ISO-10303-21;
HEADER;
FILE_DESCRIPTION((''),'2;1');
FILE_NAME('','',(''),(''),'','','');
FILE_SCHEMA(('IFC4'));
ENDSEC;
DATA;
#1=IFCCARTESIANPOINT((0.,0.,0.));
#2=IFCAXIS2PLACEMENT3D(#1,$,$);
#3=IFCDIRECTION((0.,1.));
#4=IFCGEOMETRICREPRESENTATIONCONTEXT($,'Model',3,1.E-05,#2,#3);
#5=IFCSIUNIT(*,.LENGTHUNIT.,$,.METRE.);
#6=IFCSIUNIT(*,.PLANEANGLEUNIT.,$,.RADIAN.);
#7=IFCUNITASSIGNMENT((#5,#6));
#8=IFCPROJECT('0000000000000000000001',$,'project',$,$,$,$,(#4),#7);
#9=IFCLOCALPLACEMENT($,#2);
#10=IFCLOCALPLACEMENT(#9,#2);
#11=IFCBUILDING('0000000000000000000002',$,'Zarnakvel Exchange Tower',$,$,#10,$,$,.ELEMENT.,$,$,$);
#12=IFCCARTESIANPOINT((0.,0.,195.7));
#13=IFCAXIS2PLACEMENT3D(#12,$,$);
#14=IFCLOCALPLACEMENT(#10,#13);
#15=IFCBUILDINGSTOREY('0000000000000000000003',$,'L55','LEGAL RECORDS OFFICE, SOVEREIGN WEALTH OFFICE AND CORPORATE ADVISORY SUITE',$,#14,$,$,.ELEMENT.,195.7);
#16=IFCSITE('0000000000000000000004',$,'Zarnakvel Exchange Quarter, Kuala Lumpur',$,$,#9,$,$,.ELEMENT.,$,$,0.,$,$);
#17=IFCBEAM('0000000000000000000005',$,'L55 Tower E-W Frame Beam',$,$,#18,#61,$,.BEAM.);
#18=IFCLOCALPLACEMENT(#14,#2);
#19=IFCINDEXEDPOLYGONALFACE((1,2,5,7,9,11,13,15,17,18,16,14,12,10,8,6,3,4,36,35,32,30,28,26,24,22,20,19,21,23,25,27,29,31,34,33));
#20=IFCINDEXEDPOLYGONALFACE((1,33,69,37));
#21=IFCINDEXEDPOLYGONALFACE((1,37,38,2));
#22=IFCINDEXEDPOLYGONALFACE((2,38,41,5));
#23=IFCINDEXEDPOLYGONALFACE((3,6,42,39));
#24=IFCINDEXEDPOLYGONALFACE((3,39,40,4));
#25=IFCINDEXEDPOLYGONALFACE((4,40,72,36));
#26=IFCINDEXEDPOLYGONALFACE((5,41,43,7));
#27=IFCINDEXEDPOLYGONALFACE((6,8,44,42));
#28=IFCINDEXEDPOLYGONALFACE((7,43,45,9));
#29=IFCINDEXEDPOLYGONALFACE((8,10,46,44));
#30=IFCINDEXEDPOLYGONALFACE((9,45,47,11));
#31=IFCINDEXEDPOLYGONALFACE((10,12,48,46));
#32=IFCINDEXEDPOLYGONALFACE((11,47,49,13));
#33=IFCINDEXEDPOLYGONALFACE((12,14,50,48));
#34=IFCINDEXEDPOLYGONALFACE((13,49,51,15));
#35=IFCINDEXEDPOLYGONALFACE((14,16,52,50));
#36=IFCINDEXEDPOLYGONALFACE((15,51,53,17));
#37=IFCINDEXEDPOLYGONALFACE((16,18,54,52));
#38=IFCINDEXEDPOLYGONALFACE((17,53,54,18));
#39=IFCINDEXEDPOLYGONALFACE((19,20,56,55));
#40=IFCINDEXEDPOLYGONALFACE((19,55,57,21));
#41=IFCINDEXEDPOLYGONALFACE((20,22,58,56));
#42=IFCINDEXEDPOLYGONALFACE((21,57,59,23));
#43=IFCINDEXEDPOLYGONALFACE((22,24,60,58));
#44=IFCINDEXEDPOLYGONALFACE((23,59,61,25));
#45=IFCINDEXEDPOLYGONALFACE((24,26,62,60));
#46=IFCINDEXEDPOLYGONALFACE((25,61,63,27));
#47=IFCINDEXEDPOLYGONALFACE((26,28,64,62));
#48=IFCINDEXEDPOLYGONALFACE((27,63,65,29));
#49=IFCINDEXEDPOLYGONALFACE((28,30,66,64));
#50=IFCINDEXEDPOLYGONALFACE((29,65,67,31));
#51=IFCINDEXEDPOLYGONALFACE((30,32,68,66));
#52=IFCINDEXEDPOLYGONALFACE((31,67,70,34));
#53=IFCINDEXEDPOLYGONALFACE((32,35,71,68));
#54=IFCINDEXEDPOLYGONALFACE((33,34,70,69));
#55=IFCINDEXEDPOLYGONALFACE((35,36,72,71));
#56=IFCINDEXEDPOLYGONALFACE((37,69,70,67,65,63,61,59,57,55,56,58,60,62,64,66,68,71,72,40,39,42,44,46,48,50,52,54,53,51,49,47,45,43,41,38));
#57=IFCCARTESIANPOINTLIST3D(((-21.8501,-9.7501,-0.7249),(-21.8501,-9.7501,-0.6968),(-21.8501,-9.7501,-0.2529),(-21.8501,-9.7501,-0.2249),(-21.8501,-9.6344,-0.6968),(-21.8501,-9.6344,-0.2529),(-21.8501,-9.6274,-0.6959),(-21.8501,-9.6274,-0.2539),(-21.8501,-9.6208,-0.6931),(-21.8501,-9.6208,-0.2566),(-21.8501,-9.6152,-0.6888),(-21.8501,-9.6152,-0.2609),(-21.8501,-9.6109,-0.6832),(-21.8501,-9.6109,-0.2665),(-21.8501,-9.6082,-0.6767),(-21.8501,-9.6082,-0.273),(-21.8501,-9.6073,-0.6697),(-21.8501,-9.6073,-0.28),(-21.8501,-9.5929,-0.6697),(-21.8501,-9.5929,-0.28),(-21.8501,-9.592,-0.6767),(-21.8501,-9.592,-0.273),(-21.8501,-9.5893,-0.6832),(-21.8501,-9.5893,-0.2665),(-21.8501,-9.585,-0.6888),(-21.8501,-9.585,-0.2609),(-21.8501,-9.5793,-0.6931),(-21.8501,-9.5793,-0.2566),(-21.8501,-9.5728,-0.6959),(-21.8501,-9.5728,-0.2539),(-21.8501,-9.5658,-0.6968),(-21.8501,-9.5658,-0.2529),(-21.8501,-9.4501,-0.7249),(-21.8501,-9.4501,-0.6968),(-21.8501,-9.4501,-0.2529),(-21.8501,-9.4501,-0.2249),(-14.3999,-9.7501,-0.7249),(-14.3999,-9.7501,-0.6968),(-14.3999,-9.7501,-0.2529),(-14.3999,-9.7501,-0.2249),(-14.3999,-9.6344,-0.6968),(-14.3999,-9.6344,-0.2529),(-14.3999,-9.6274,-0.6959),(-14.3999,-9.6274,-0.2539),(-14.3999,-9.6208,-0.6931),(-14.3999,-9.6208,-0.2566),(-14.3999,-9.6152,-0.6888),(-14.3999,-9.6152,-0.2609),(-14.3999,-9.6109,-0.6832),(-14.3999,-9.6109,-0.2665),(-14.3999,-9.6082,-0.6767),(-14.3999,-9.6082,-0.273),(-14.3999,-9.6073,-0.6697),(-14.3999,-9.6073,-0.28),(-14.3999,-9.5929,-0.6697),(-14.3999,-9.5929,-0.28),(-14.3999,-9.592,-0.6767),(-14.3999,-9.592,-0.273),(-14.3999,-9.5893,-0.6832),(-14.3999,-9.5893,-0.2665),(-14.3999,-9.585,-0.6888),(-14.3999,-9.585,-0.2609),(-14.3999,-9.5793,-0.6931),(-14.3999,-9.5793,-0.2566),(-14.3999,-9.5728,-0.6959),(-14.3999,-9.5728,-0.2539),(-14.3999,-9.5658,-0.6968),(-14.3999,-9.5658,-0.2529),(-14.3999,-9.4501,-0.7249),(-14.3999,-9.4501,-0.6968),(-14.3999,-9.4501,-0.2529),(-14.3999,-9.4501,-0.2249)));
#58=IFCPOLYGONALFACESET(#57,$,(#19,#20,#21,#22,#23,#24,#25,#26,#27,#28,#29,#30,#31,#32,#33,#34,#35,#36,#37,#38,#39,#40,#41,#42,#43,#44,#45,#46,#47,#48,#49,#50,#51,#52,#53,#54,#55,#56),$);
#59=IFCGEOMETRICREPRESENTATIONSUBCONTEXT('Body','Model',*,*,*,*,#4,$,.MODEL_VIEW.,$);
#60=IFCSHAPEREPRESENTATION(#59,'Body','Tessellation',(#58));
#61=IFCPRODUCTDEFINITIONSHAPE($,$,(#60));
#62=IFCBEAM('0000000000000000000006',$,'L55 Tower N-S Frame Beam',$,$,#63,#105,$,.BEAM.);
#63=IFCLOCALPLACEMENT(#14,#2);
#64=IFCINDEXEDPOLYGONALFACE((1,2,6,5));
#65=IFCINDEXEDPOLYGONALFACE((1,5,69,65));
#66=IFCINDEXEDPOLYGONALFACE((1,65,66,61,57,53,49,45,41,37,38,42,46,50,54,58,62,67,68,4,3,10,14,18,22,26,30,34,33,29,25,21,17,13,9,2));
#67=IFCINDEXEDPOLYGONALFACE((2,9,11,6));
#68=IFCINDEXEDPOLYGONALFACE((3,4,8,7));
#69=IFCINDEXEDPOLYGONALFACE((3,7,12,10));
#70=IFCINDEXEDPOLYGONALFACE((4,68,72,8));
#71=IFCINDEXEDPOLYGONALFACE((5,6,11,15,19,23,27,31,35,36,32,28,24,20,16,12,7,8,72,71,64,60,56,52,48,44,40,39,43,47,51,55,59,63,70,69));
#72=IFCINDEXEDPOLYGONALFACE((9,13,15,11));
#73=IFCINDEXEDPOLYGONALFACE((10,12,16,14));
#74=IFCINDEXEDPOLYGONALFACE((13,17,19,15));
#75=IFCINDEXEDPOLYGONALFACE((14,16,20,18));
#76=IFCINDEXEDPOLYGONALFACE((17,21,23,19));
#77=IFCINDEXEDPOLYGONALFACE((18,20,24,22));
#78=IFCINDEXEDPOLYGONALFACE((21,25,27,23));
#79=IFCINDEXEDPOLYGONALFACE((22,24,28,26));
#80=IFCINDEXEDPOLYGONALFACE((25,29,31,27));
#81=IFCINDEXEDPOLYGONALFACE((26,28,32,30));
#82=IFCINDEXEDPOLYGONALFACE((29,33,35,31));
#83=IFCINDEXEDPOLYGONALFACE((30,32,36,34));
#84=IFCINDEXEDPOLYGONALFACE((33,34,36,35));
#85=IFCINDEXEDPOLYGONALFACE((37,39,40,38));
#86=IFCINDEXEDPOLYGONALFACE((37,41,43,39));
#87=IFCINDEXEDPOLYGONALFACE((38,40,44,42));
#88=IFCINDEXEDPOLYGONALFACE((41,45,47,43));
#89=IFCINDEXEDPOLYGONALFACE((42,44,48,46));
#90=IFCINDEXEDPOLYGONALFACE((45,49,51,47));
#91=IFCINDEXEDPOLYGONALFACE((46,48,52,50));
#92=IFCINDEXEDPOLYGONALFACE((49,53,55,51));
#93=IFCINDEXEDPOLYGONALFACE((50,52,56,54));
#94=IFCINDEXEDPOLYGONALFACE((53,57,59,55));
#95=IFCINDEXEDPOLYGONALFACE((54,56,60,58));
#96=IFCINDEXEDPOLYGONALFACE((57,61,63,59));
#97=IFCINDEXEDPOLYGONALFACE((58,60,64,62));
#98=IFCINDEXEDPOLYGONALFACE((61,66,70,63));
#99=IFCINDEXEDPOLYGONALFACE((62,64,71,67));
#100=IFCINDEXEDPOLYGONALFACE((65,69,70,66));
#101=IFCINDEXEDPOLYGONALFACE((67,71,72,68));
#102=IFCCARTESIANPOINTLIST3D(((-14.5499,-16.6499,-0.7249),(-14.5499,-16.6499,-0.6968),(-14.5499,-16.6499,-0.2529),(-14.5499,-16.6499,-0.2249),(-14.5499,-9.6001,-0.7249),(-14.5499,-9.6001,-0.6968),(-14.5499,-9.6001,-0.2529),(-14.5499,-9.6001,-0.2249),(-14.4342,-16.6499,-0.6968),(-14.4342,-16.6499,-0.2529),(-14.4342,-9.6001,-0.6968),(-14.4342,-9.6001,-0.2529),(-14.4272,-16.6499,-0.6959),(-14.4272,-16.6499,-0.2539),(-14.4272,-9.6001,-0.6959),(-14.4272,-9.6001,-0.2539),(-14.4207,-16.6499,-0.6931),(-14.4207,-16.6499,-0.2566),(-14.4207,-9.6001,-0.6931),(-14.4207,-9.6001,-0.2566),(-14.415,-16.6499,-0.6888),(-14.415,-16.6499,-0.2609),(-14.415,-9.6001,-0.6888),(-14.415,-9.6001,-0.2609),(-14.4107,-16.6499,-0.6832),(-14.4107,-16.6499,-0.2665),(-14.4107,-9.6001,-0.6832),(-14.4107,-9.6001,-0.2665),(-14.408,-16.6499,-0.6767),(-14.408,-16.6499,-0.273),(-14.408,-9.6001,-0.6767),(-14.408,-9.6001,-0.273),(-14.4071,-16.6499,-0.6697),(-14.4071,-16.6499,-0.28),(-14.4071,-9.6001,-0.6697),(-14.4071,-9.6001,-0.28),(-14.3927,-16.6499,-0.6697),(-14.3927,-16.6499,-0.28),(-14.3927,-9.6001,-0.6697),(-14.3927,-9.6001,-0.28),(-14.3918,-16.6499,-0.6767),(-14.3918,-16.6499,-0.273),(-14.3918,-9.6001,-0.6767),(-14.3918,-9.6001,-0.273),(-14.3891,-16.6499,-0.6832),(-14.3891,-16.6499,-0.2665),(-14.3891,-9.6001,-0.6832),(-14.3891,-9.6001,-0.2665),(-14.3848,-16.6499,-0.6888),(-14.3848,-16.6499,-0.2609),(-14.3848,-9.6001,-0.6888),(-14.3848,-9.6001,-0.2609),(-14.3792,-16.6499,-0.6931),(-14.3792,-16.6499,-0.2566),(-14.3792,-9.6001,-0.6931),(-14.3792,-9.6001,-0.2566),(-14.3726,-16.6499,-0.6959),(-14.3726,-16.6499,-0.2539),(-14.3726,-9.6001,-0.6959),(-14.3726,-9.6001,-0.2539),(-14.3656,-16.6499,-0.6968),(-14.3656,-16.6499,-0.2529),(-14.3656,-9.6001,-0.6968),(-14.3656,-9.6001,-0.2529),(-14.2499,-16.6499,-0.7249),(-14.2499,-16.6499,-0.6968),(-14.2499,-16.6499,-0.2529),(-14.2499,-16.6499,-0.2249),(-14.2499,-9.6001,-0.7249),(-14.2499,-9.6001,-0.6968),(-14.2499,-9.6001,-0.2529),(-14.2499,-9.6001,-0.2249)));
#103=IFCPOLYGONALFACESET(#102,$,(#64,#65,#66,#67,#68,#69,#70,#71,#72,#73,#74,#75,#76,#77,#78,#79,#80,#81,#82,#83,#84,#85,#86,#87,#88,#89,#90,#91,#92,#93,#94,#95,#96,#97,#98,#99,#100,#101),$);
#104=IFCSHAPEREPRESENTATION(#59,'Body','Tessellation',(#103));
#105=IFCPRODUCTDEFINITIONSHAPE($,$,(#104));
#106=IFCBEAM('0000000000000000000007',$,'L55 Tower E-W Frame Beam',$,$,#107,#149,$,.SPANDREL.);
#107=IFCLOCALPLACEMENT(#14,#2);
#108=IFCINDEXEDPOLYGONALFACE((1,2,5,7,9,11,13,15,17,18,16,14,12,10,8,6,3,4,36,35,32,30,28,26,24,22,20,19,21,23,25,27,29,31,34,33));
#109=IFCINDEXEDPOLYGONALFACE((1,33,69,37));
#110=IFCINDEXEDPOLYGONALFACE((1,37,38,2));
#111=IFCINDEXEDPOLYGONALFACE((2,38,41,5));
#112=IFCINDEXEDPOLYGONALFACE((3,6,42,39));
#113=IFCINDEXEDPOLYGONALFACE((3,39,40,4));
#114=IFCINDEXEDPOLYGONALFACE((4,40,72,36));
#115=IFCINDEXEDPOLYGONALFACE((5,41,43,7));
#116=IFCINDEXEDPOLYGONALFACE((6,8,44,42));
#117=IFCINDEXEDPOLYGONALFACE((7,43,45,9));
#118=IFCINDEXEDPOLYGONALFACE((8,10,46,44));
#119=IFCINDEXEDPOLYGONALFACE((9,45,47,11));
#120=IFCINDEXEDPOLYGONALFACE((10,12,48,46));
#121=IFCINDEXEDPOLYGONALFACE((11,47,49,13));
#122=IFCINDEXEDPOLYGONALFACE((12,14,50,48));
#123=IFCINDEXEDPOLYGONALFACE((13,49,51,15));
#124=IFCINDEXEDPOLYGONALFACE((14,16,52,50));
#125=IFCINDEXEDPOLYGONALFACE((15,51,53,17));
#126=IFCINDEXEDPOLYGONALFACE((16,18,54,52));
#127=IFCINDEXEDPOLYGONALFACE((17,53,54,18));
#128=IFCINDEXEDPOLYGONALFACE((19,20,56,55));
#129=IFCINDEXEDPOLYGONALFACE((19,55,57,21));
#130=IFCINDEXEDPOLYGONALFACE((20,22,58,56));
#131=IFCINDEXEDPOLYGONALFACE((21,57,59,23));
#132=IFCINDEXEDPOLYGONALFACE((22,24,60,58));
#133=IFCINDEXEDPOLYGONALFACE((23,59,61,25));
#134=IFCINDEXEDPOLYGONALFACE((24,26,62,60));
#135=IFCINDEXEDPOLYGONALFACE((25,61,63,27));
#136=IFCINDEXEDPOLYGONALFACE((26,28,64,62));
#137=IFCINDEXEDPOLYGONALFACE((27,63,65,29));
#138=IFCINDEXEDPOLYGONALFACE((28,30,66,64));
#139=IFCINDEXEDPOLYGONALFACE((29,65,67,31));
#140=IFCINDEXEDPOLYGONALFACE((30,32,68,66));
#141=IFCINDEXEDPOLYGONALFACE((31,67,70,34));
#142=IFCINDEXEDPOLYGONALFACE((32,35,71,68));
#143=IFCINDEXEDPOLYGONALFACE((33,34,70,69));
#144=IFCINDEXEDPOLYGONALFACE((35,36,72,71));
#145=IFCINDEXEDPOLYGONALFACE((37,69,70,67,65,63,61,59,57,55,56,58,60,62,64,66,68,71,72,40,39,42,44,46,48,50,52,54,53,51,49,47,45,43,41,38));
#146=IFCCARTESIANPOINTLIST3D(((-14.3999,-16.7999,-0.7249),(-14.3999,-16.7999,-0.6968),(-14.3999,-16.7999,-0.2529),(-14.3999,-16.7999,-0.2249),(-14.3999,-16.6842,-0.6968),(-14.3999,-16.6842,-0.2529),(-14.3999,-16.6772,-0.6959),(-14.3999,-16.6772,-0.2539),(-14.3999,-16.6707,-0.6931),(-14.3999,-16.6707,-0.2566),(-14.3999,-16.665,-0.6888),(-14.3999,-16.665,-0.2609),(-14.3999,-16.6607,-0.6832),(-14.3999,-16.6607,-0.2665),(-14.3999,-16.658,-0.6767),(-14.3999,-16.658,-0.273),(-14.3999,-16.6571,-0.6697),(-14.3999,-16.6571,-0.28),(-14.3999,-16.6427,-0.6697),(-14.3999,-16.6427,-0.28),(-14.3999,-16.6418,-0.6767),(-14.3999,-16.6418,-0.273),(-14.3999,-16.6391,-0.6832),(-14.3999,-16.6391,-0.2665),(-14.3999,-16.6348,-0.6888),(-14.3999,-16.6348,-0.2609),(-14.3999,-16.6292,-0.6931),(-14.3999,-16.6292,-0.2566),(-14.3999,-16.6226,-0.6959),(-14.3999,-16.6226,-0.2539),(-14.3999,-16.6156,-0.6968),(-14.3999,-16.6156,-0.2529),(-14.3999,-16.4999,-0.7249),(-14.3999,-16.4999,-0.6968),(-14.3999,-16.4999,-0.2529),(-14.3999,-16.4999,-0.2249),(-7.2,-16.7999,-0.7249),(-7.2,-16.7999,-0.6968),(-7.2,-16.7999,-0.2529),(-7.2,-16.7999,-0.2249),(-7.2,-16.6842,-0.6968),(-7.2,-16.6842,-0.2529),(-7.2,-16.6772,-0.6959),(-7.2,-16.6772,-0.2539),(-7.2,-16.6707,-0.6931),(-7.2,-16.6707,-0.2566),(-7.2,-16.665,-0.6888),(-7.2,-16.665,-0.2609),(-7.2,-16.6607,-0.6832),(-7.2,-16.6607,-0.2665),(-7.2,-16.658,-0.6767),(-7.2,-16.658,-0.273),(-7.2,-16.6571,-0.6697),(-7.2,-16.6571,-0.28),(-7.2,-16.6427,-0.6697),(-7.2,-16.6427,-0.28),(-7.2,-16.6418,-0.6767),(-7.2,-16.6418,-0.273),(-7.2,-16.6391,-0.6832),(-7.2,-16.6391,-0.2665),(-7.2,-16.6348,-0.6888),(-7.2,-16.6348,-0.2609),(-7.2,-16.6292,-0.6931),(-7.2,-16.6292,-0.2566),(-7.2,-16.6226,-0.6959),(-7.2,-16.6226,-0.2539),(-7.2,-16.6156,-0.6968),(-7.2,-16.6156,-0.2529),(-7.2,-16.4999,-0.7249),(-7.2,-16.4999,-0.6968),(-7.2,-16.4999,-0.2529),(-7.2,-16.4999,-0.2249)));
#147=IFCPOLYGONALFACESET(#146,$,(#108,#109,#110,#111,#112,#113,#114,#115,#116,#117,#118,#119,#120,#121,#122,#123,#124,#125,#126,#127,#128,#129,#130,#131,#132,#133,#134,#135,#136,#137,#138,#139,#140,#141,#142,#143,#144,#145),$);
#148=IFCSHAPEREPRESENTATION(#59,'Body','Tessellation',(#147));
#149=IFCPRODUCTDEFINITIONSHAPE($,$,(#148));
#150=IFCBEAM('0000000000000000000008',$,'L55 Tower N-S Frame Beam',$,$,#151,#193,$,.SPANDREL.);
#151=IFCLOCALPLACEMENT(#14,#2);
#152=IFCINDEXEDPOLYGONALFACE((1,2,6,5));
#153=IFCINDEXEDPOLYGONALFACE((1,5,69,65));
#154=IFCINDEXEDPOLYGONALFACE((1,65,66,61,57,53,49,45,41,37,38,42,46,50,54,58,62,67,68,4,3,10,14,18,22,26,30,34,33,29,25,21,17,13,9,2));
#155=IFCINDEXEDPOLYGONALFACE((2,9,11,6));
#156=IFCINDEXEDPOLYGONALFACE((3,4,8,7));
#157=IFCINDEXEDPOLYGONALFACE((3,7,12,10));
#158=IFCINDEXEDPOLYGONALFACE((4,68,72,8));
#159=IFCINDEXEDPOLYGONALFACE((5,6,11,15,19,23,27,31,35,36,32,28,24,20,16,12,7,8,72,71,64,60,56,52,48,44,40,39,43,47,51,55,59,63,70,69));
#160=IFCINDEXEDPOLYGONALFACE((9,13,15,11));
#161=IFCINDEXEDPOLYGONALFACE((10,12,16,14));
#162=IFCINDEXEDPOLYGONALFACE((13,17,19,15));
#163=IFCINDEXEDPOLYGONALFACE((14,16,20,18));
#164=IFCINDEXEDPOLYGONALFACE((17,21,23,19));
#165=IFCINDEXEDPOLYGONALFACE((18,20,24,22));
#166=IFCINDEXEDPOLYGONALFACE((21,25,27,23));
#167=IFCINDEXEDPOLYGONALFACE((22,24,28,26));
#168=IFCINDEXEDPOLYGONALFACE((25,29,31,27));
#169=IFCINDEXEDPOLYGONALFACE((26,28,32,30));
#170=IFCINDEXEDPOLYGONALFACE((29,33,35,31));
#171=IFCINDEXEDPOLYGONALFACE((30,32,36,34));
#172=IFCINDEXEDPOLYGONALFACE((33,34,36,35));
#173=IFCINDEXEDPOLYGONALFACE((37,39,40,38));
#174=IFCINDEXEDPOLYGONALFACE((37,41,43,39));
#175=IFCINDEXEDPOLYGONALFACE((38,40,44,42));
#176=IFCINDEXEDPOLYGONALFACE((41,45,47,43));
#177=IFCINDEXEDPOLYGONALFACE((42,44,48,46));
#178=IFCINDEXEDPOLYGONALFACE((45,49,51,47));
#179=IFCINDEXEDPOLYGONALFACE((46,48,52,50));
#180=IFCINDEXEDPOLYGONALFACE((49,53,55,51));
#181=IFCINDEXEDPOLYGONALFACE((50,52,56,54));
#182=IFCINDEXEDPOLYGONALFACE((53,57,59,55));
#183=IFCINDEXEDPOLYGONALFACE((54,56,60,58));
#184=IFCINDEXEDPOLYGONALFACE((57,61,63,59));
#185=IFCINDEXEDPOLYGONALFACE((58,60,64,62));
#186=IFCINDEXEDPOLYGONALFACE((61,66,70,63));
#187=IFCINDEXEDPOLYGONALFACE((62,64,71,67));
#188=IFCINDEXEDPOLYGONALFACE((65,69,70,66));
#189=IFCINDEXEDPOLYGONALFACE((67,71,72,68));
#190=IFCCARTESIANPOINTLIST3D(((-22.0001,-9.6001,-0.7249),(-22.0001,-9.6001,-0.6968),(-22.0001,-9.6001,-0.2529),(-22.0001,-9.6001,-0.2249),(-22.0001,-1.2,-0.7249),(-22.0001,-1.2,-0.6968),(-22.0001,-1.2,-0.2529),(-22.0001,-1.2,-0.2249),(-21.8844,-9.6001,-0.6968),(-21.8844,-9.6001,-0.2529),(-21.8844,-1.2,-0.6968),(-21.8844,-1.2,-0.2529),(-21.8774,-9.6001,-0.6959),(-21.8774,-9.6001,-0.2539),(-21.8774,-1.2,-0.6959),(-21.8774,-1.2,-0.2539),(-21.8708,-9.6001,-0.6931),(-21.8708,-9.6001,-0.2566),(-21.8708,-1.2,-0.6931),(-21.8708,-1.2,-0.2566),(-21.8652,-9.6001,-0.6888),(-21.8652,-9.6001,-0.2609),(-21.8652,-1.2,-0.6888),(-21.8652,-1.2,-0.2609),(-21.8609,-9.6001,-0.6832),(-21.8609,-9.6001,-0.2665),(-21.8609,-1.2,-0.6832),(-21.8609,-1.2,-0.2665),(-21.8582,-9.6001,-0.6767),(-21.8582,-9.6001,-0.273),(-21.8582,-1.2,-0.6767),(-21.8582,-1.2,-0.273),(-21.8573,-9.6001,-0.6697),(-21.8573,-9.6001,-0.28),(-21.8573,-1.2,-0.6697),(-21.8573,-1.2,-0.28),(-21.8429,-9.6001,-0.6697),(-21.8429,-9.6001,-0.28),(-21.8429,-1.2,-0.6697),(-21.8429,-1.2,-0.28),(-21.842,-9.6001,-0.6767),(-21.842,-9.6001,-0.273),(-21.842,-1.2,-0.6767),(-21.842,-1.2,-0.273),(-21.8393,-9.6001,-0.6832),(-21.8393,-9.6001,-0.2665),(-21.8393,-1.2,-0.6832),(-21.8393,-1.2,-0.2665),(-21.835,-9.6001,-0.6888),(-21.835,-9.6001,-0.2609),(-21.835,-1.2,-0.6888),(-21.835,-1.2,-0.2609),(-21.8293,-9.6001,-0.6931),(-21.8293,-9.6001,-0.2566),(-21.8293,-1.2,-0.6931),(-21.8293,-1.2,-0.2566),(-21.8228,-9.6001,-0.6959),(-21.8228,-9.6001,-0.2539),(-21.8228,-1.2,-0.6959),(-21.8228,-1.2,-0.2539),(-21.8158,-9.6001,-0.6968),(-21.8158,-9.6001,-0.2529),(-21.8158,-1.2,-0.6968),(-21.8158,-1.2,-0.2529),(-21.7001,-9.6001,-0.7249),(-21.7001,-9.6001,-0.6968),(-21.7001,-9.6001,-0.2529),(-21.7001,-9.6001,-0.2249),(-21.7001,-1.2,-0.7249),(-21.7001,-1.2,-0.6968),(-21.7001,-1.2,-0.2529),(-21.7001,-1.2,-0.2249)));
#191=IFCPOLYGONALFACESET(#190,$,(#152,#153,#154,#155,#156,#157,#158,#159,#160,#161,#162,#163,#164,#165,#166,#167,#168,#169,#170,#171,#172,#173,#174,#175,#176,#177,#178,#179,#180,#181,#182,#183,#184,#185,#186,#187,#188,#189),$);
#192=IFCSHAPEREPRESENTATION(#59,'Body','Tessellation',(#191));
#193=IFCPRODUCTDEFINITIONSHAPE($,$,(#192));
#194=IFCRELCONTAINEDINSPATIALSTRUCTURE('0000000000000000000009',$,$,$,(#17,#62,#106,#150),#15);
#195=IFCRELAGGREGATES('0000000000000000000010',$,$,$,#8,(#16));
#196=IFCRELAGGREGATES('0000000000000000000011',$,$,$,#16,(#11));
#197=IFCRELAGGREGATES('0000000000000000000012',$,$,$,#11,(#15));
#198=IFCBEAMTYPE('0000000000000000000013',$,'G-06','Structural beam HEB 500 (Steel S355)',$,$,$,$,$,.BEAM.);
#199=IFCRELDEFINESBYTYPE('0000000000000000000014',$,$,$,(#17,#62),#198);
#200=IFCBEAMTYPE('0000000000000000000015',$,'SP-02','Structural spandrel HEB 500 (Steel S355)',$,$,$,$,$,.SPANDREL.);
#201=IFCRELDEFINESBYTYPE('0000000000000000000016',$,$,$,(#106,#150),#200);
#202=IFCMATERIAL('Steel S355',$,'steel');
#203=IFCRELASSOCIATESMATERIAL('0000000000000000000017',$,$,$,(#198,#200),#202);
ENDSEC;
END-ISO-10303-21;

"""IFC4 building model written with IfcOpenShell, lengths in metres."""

from ifc_helpers import new_model, si_unit, direction, frame, origin, origin_2d, place, context, subcontext, project, spatial, i_section, extrude, material, material_profile, profile_set, type_object, element, save


model = new_model("IFC4")

# Units and contexts
model_context = context("Model", 3, precision=1e-05, world=origin(), true_north=direction((0.0, 1.0)))
body_context = subcontext(model_context, "Body", "Model", "MODEL_VIEW")
ifc_project = project(units=[si_unit("LENGTHUNIT", "METRE"), si_unit("PLANEANGLEUNIT", "RADIAN")], contexts=[model_context])

# Site, building, storey
site_placement = place(None, origin())
site = spatial("IfcSite", under=ifc_project, at=site_placement, Name="Zarnakvel Exchange Quarter, Kuala Lumpur", CompositionType="ELEMENT", RefElevation=0.0)
building_placement = place(site_placement, origin())
building = spatial("IfcBuilding", under=site, at=building_placement, Name="Zarnakvel Exchange Tower", CompositionType="ELEMENT")
storey_placement = place(building_placement, frame((0.0, 0.0, 195.7)))
storey = spatial("IfcBuildingStorey", under=building, at=storey_placement, Name="L55", Description="LEGAL RECORDS OFFICE, SOVEREIGN WEALTH OFFICE AND CORPORATE ADVISORY SUITE", CompositionType="ELEMENT", Elevation=195.7)

# Shared definitions
ifc_material_1 = material(Name="Steel S355", Category="steel")

# Beams
ifc_material_profile_1 = material_profile(ifc_material_1, i_section(OverallWidth=0.3, OverallDepth=0.5, WebThickness=0.0144, FlangeThickness=0.0281, FilletRadius=0.0271, at=origin_2d()))
ifc_profile_set_1 = profile_set([ifc_material_profile_1], Name="Steel S355")
beam_type_1 = type_object("IfcBeamType", Name="G-06", Description="Structural beam HEB 500 (Steel S355)", PredefinedType="BEAM", material=ifc_profile_set_1)
beam_1_placement = place(storey_placement, frame((-21.8501, -9.6001, -0.4749), z_axis=(1.0, 0.0, 0.0), x_axis=(0.0, 1.0, 0.0)))
element("IfcBeam", 1, at=beam_1_placement, inside=storey, type_object=beam_type_1, Name="L55 Tower E-W Frame Beam", PredefinedType="BEAM", context=body_context, shape_type="SweptSolid", body=[
    extrude(i_section(OverallWidth=0.3, OverallDepth=0.5, WebThickness=0.0144, FlangeThickness=0.0281, FilletRadius=0.0271, at=origin_2d()), origin(), (0.0, 0.0, 1.0), 7.4502),
])
beam_2_placement = place(storey_placement, frame((-14.3999, -16.6499, -0.4749), z_axis=(0.0, 1.0, 0.0), x_axis=(-1.0, 0.0, 0.0)))
element("IfcBeam", 2, at=beam_2_placement, inside=storey, type_object=beam_type_1, Name="L55 Tower N-S Frame Beam", PredefinedType="BEAM", context=body_context, shape_type="SweptSolid", body=[
    extrude(i_section(OverallWidth=0.3, OverallDepth=0.5, WebThickness=0.0144, FlangeThickness=0.0281, FilletRadius=0.0271, at=origin_2d()), origin(), (0.0, 0.0, 1.0), 7.0498),
])
ifc_material_profile_2 = material_profile(ifc_material_1, i_section(OverallWidth=0.3, OverallDepth=0.5, WebThickness=0.0144, FlangeThickness=0.0281, FilletRadius=0.0271, at=origin_2d()))
ifc_profile_set_2 = profile_set([ifc_material_profile_2], Name="Steel S355")
beam_type_2 = type_object("IfcBeamType", Name="SP-02", Description="Structural spandrel HEB 500 (Steel S355)", PredefinedType="SPANDREL", material=ifc_profile_set_2)
beam_3_placement = place(storey_placement, frame((-14.3999, -16.6499, -0.4749), z_axis=(1.0, 0.0, 0.0), x_axis=(0.0, 1.0, 0.0)))
element("IfcBeam", 3, at=beam_3_placement, inside=storey, type_object=beam_type_2, Name="L55 Tower E-W Frame Beam", PredefinedType="SPANDREL", context=body_context, shape_type="SweptSolid", body=[
    extrude(i_section(OverallWidth=0.3, OverallDepth=0.5, WebThickness=0.0144, FlangeThickness=0.0281, FilletRadius=0.0271, at=origin_2d()), origin(), (0.0, 0.0, 1.0), 7.2),
])
beam_4_placement = place(storey_placement, frame((-21.8501, -9.6001, -0.4749), z_axis=(0.0, 1.0, 0.0), x_axis=(-1.0, 0.0, 0.0)))
element("IfcBeam", 4, at=beam_4_placement, inside=storey, type_object=beam_type_2, Name="L55 Tower N-S Frame Beam", PredefinedType="SPANDREL", context=body_context, shape_type="SweptSolid", body=[
    extrude(i_section(OverallWidth=0.3, OverallDepth=0.5, WebThickness=0.0144, FlangeThickness=0.0281, FilletRadius=0.0271, at=origin_2d()), origin(), (0.0, 0.0, 1.0), 8.4001),
])

save(model, "model.ifc")
